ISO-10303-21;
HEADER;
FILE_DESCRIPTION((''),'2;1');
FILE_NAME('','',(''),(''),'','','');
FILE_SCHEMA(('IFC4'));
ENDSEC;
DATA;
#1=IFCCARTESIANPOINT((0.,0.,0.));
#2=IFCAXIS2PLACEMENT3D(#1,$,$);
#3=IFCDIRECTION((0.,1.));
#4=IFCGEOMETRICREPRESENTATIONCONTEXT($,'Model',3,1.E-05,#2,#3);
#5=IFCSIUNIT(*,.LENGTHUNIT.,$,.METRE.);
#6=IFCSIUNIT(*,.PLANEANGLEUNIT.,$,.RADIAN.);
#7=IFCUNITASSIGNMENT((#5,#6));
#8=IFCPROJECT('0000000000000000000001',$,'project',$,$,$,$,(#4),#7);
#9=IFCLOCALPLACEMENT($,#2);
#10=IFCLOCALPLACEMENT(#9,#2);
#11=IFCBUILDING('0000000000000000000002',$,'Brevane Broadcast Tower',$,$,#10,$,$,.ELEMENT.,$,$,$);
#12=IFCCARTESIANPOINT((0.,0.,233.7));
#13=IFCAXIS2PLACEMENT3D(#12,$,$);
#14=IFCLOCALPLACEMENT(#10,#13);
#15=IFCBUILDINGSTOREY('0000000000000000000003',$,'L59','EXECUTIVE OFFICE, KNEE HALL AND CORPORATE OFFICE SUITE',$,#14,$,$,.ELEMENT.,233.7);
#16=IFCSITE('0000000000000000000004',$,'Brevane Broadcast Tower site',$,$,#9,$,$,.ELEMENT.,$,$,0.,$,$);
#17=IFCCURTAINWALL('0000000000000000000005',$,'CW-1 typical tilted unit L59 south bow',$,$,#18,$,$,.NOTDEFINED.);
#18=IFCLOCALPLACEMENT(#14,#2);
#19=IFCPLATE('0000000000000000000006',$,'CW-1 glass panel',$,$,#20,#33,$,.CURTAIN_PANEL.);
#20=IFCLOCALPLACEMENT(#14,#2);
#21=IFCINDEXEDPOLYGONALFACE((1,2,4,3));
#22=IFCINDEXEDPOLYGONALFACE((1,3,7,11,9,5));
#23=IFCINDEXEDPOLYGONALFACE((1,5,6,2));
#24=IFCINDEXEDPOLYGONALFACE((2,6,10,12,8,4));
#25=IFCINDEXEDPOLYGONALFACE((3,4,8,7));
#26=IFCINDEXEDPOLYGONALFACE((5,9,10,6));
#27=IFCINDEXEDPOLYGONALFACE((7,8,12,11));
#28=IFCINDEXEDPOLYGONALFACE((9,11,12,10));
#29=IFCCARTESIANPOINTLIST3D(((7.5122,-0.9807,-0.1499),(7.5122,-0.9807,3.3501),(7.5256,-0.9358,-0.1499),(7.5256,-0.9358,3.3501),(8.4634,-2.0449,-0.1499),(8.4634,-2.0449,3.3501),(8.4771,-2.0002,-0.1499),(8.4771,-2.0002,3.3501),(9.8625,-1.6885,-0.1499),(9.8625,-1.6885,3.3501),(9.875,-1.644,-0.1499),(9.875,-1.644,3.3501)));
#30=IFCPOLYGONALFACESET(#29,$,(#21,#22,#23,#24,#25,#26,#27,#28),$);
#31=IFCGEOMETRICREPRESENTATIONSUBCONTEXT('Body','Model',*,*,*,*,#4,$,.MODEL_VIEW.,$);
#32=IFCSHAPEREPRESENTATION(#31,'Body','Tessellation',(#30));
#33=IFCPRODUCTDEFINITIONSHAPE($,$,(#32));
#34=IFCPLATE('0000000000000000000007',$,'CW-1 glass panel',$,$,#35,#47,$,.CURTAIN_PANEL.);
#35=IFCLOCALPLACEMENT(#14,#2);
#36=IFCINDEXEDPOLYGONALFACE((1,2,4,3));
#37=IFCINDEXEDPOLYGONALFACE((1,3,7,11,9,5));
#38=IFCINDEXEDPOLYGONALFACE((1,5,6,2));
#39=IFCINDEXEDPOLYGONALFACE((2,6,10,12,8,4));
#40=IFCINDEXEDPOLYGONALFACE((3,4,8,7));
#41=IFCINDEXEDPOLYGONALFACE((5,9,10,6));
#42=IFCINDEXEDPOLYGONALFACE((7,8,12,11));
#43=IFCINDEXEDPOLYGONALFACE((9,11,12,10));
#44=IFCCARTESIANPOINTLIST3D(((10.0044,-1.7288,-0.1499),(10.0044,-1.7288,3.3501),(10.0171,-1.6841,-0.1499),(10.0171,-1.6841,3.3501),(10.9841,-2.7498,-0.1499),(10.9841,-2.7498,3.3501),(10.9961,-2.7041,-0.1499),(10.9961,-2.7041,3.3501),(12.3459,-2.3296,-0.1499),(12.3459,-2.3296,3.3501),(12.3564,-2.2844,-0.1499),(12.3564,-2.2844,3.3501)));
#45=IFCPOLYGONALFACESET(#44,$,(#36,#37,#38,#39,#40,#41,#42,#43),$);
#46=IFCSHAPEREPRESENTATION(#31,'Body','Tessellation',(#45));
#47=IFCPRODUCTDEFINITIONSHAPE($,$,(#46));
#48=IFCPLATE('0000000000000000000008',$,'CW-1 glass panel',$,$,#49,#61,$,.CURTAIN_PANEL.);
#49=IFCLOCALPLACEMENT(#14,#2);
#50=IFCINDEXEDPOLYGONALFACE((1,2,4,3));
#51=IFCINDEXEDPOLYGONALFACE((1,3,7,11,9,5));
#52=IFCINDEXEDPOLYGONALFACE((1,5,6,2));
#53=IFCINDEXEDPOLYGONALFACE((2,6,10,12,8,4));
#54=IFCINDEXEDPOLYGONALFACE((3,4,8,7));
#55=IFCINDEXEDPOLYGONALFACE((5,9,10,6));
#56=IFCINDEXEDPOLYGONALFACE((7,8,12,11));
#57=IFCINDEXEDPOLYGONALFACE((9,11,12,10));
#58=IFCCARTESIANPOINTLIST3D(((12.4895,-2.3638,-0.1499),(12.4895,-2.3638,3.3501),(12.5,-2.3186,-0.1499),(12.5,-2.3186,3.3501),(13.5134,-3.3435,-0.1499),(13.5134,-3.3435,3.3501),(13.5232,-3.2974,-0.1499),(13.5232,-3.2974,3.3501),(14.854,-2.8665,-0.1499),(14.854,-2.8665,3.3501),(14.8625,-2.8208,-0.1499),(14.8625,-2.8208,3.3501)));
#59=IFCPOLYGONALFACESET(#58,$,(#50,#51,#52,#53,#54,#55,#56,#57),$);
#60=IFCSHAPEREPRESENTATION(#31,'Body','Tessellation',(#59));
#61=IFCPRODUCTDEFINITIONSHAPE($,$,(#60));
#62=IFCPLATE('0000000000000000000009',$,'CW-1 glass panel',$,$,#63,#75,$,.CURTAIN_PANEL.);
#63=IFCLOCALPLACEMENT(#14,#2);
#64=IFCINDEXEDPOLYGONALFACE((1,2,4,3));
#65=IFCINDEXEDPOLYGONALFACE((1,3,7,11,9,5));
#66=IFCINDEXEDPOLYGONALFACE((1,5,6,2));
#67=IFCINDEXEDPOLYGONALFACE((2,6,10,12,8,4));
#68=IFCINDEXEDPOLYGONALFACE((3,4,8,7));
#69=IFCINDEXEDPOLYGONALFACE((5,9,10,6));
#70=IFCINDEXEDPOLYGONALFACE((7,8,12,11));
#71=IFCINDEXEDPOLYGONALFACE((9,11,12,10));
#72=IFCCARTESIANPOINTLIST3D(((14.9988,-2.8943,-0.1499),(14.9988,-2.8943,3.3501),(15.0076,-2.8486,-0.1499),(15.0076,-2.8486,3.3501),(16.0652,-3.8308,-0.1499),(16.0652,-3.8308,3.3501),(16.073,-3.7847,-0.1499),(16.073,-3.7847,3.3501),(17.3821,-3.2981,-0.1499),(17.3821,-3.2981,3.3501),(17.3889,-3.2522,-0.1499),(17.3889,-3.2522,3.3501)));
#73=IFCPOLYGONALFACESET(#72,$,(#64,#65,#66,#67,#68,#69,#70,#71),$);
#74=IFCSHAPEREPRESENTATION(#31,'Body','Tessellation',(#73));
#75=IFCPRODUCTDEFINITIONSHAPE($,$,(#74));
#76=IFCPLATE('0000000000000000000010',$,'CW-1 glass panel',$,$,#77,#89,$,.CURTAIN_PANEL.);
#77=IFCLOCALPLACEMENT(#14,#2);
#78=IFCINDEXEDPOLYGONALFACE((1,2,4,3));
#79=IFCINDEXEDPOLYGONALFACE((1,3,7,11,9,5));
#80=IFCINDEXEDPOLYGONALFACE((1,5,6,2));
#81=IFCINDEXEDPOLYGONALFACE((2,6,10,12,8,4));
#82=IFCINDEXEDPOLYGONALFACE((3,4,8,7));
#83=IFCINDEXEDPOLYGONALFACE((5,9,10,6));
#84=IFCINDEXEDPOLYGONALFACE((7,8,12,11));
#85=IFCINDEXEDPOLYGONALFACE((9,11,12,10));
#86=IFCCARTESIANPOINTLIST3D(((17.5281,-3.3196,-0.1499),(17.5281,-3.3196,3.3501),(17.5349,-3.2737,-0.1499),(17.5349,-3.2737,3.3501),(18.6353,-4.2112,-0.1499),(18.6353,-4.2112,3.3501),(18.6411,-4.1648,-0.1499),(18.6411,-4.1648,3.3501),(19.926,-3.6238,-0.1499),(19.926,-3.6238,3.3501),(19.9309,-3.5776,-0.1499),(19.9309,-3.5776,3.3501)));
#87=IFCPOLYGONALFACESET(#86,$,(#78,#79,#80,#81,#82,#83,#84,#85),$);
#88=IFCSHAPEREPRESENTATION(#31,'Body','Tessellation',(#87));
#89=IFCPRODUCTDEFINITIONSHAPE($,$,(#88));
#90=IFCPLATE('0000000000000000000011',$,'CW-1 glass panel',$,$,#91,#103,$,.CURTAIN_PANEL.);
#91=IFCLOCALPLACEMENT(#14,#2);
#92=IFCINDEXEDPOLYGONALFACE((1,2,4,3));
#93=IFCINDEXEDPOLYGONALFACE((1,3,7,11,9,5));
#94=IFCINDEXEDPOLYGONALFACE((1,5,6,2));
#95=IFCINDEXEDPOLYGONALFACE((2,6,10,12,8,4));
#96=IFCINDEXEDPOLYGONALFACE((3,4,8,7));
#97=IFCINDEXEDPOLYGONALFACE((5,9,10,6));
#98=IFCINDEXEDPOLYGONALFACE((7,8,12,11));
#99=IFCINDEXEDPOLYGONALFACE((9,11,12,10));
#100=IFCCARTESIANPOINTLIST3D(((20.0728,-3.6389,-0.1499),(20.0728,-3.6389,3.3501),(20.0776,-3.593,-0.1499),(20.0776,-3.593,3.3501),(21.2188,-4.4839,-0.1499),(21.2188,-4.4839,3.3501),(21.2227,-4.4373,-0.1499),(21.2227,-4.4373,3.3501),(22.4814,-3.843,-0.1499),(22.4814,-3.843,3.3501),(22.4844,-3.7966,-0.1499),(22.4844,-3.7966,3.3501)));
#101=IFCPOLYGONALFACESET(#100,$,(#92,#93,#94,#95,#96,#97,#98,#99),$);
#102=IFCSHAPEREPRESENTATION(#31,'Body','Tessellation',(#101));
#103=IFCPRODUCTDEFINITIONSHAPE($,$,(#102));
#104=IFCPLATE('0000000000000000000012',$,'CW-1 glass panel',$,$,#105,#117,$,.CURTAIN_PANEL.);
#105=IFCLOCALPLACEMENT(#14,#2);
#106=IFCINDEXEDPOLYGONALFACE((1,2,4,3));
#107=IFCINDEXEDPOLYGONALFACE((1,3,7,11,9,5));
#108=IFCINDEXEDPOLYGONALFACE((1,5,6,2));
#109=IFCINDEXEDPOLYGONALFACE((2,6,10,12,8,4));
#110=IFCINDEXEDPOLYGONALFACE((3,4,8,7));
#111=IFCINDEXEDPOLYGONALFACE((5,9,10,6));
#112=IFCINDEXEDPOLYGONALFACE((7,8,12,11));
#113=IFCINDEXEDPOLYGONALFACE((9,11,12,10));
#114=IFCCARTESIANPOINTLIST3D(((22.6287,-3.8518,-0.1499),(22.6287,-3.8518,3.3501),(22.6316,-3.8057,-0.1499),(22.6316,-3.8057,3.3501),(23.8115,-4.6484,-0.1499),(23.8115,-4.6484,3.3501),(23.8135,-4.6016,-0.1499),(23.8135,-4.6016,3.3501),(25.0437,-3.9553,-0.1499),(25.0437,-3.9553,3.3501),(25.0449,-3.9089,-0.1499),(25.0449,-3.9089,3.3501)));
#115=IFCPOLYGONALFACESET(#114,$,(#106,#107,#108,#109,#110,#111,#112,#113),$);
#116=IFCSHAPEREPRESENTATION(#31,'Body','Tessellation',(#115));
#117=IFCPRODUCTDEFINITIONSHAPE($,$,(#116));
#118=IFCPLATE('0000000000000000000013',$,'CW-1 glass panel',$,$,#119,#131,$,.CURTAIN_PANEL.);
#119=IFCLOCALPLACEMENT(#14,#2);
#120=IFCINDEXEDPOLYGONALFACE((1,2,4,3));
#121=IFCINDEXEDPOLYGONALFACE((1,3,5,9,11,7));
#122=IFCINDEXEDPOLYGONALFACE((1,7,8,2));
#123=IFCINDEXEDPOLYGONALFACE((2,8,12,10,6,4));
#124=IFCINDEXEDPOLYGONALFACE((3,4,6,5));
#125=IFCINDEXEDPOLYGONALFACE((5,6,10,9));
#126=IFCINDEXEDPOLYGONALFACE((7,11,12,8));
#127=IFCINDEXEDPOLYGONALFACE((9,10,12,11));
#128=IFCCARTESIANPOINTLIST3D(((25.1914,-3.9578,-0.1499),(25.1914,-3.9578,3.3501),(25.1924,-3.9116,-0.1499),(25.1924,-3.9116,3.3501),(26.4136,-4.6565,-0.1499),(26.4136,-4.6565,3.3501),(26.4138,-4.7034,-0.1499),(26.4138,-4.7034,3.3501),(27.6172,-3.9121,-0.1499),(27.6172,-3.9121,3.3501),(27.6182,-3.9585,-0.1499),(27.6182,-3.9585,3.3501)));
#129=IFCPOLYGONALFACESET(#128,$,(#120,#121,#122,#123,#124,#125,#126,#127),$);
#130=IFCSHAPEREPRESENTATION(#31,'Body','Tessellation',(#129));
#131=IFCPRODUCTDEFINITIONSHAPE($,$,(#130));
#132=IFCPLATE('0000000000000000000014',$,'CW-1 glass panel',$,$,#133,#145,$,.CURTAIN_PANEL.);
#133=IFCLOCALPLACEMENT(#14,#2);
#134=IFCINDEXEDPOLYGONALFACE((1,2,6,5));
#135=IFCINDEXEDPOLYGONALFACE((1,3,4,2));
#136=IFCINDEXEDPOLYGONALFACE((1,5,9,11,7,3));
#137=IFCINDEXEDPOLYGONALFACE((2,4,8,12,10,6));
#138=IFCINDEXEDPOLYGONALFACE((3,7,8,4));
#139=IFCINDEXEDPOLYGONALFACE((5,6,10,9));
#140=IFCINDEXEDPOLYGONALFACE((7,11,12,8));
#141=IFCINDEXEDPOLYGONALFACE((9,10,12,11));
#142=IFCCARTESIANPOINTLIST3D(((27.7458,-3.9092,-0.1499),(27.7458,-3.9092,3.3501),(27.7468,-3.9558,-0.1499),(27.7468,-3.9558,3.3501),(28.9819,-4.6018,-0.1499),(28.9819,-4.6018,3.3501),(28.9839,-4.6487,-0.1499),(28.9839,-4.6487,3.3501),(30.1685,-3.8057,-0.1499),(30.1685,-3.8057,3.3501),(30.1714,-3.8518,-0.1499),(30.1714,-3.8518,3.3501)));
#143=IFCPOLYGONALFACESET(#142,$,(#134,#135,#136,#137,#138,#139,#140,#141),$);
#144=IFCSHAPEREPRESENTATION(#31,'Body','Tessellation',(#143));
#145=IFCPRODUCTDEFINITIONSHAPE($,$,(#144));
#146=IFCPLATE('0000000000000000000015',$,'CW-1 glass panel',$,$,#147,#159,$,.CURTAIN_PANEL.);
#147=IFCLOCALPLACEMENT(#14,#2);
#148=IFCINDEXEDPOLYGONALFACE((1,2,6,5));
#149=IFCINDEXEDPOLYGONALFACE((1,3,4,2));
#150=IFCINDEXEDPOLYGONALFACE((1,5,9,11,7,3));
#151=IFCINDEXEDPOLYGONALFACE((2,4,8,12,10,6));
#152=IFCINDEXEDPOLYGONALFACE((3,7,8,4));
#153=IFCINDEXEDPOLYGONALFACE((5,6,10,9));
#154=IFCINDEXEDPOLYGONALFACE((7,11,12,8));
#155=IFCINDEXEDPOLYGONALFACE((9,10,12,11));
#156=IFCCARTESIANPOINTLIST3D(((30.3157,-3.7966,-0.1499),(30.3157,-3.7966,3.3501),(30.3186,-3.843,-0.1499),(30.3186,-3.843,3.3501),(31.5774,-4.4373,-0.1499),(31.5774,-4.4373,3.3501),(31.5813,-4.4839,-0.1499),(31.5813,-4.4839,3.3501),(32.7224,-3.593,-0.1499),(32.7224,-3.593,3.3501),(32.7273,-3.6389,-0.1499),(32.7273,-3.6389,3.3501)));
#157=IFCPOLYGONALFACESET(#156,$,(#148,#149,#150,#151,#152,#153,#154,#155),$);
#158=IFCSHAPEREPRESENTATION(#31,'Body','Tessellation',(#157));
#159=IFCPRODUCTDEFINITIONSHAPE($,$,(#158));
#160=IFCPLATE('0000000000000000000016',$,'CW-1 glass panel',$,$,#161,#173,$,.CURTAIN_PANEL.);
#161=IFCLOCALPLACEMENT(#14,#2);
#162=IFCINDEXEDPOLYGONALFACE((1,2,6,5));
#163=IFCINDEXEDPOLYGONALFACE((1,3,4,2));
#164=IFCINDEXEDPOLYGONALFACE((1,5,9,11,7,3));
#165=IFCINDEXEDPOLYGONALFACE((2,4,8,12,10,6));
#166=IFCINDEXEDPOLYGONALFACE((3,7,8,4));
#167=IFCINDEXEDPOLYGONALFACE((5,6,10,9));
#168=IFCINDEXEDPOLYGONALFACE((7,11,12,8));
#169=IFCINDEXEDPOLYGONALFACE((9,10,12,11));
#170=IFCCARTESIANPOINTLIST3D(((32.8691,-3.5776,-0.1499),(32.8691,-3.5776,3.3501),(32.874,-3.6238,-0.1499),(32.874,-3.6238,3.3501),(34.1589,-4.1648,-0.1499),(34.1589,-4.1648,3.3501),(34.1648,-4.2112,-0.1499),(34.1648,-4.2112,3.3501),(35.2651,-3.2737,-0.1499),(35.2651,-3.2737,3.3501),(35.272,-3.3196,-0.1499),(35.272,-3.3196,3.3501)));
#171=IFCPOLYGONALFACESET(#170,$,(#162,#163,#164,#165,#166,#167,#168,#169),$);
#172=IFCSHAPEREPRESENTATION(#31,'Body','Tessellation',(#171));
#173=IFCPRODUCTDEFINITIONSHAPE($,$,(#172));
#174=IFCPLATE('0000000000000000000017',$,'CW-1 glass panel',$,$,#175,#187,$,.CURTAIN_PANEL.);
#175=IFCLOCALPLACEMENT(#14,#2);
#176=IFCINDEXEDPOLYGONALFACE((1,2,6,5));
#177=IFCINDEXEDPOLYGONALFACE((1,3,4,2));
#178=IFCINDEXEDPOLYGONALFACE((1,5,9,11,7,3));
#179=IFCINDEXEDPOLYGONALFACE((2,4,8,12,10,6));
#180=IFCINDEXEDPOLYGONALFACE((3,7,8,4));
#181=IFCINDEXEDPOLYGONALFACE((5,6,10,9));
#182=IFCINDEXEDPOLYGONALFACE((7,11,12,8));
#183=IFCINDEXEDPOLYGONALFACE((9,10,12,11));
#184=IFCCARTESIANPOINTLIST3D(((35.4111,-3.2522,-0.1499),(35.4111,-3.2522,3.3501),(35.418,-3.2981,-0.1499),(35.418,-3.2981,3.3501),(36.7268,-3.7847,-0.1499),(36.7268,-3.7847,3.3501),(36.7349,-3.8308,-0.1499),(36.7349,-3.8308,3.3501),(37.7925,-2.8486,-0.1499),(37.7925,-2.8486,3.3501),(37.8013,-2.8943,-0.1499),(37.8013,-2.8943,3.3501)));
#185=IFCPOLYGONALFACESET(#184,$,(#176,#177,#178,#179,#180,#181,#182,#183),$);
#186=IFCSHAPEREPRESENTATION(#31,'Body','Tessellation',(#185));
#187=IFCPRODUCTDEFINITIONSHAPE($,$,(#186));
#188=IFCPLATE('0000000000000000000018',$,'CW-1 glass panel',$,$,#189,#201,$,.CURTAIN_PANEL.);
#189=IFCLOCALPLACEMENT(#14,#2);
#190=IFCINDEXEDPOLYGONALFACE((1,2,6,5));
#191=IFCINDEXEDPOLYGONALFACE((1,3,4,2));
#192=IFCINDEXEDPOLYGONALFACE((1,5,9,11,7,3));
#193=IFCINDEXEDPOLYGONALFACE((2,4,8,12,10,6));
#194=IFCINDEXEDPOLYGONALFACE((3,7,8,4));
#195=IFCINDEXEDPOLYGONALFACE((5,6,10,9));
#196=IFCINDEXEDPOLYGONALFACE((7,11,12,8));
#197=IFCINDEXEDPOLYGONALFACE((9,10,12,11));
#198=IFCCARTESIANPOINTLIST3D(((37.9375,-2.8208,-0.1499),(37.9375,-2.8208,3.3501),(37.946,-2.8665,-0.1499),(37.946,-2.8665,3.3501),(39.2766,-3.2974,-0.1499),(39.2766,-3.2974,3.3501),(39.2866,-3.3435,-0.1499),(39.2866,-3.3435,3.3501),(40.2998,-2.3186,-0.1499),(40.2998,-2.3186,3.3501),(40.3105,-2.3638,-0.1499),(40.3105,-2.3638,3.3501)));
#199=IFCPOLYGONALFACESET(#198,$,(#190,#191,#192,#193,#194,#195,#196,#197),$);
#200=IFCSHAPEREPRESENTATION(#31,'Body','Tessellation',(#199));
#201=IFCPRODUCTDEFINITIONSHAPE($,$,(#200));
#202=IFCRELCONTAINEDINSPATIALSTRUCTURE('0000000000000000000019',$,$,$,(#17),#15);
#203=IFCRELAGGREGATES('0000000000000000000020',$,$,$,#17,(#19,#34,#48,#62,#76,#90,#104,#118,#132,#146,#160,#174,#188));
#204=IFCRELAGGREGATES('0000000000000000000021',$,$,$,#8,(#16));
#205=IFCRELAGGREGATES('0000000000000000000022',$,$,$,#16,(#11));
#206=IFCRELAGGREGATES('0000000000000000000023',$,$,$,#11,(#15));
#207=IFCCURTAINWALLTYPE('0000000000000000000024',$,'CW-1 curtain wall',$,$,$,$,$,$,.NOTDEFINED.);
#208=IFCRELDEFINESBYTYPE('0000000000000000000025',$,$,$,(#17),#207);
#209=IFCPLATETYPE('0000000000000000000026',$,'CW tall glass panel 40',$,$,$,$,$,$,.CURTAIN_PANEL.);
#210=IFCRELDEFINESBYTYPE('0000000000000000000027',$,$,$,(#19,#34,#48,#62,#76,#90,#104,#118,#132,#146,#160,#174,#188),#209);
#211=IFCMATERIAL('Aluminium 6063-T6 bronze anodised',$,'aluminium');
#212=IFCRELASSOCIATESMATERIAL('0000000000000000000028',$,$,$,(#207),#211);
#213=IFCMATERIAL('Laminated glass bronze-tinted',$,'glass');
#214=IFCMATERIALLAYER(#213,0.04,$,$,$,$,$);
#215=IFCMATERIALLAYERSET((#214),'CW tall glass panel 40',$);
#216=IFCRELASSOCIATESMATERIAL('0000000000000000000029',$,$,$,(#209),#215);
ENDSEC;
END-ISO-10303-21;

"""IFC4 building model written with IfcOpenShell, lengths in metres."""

from ifc_helpers import new_model, si_unit, direction, frame, origin, place, context, subcontext, project, spatial, polyline, outline, extrude, material, layer, layer_set, type_object, element, aggregate, save


model = new_model("IFC4")

# Units and contexts
model_context = context("Model", 3, precision=1e-05, world=origin(), true_north=direction((0.0, 1.0)))
body_context = subcontext(model_context, "Body", "Model", "MODEL_VIEW")
ifc_project = project(units=[si_unit("LENGTHUNIT", "METRE"), si_unit("PLANEANGLEUNIT", "RADIAN")], contexts=[model_context])

# Site, building, storey
site_placement = place(None, origin())
site = spatial("IfcSite", under=ifc_project, at=site_placement, Name="Brevane Broadcast Tower site", CompositionType="ELEMENT", RefElevation=0.0)
building_placement = place(site_placement, origin())
building = spatial("IfcBuilding", under=site, at=building_placement, Name="Brevane Broadcast Tower", CompositionType="ELEMENT")
storey_placement = place(building_placement, frame((0.0, 0.0, 233.7)))
storey = spatial("IfcBuildingStorey", under=building, at=storey_placement, Name="L59", Description="EXECUTIVE OFFICE, KNEE HALL AND CORPORATE OFFICE SUITE", CompositionType="ELEMENT", Elevation=233.7)

# Curtain wall, plates
ifc_material_1 = material(Name="Aluminium 6063-T6 bronze anodised", Category="aluminium")
curtain_wall_type = type_object("IfcCurtainWallType", Name="CW-1 curtain wall", PredefinedType="NOTDEFINED", material=ifc_material_1)
curtain_wall_1_placement = place(storey_placement, origin())
curtain_wall_1 = element("IfcCurtainWall", 1, at=curtain_wall_1_placement, inside=storey, type_object=curtain_wall_type, Name="CW-1 typical tilted unit L59 south bow", PredefinedType="NOTDEFINED")
ifc_material_2 = material(Name="Laminated glass bronze-tinted", Category="glass")
ifc_layer = layer(ifc_material_2, 0.04)
ifc_layer_set = layer_set([ifc_layer], Name="CW tall glass panel 40")
plate_type = type_object("IfcPlateType", Name="CW tall glass panel 40", PredefinedType="CURTAIN_PANEL", material=ifc_layer_set)
plate_1_placement = place(storey_placement, frame((0.0, 0.0, -0.1499)))
plate_1 = element("IfcPlate", 2, at=plate_1_placement, type_object=plate_type, Name="CW-1 glass panel", PredefinedType="CURTAIN_PANEL", context=body_context, shape_type="SweptSolid", body=[
    extrude(outline(polyline([(7.5256, -0.9358), (7.5122, -0.9807), (8.4634, -2.0449), (9.8625, -1.6885), (9.875, -1.644), (8.4771, -2.0002), (7.5256, -0.9358)])), origin(), (0.0, 0.0, 1.0), 3.5),
])
plate_2_placement = place(storey_placement, frame((0.0, 0.0, -0.1499)))
plate_2 = element("IfcPlate", 3, at=plate_2_placement, type_object=plate_type, Name="CW-1 glass panel", PredefinedType="CURTAIN_PANEL", context=body_context, shape_type="SweptSolid", body=[
    extrude(outline(polyline([(10.0171, -1.6841), (10.0044, -1.7288), (10.9841, -2.7498), (12.3459, -2.3296), (12.3564, -2.2844), (10.9961, -2.7041), (10.0171, -1.6841)])), origin(), (0.0, 0.0, 1.0), 3.5),
])
plate_3_placement = place(storey_placement, frame((0.0, 0.0, -0.1499)))
plate_3 = element("IfcPlate", 4, at=plate_3_placement, type_object=plate_type, Name="CW-1 glass panel", PredefinedType="CURTAIN_PANEL", context=body_context, shape_type="SweptSolid", body=[
    extrude(outline(polyline([(12.5, -2.3186), (12.4895, -2.3638), (13.5134, -3.3435), (14.854, -2.8665), (14.8625, -2.8208), (13.5232, -3.2974), (12.5, -2.3186)])), origin(), (0.0, 0.0, 1.0), 3.5),
])
plate_4_placement = place(storey_placement, frame((0.0, 0.0, -0.1499)))
plate_4 = element("IfcPlate", 5, at=plate_4_placement, type_object=plate_type, Name="CW-1 glass panel", PredefinedType="CURTAIN_PANEL", context=body_context, shape_type="SweptSolid", body=[
    extrude(outline(polyline([(15.0076, -2.8486), (14.9988, -2.8943), (16.0652, -3.8308), (17.3821, -3.2981), (17.3889, -3.2522), (16.073, -3.7847), (15.0076, -2.8486)])), origin(), (0.0, 0.0, 1.0), 3.5),
])
plate_5_placement = place(storey_placement, frame((0.0, 0.0, -0.1499)))
plate_5 = element("IfcPlate", 6, at=plate_5_placement, type_object=plate_type, Name="CW-1 glass panel", PredefinedType="CURTAIN_PANEL", context=body_context, shape_type="SweptSolid", body=[
    extrude(outline(polyline([(17.5349, -3.2737), (17.5281, -3.3196), (18.6353, -4.2112), (19.926, -3.6238), (19.9309, -3.5776), (18.6411, -4.1648), (17.5349, -3.2737)])), origin(), (0.0, 0.0, 1.0), 3.5),
])
plate_6_placement = place(storey_placement, frame((0.0, 0.0, -0.1499)))
plate_6 = element("IfcPlate", 7, at=plate_6_placement, type_object=plate_type, Name="CW-1 glass panel", PredefinedType="CURTAIN_PANEL", context=body_context, shape_type="SweptSolid", body=[
    extrude(outline(polyline([(20.0776, -3.593), (20.0728, -3.6389), (21.2188, -4.4839), (22.4814, -3.843), (22.4844, -3.7966), (21.2227, -4.4373), (20.0776, -3.593)])), origin(), (0.0, 0.0, 1.0), 3.5),
])
plate_7_placement = place(storey_placement, frame((0.0, 0.0, -0.1499)))
plate_7 = element("IfcPlate", 8, at=plate_7_placement, type_object=plate_type, Name="CW-1 glass panel", PredefinedType="CURTAIN_PANEL", context=body_context, shape_type="SweptSolid", body=[
    extrude(outline(polyline([(22.6316, -3.8057), (22.6287, -3.8518), (23.8115, -4.6484), (25.0437, -3.9553), (25.0449, -3.9089), (23.8135, -4.6016), (22.6316, -3.8057)])), origin(), (0.0, 0.0, 1.0), 3.5),
])
plate_8_placement = place(storey_placement, frame((0.0, 0.0, -0.1499)))
plate_8 = element("IfcPlate", 9, at=plate_8_placement, type_object=plate_type, Name="CW-1 glass panel", PredefinedType="CURTAIN_PANEL", context=body_context, shape_type="SweptSolid", body=[
    extrude(outline(polyline([(25.1924, -3.9116), (25.1914, -3.9578), (26.4138, -4.7034), (27.6182, -3.9585), (27.6172, -3.9121), (26.4136, -4.6565), (25.1924, -3.9116)])), origin(), (0.0, 0.0, 1.0), 3.5),
])
plate_9_placement = place(storey_placement, frame((0.0, 0.0, -0.1499)))
plate_9 = element("IfcPlate", 10, at=plate_9_placement, type_object=plate_type, Name="CW-1 glass panel", PredefinedType="CURTAIN_PANEL", context=body_context, shape_type="SweptSolid", body=[
    extrude(outline(polyline([(27.7458, -3.9092), (27.7468, -3.9558), (28.9839, -4.6487), (30.1714, -3.8518), (30.1685, -3.8057), (28.9819, -4.6018), (27.7458, -3.9092)])), origin(), (0.0, 0.0, 1.0), 3.5),
])
plate_10_placement = place(storey_placement, frame((0.0, 0.0, -0.1499)))
plate_10 = element("IfcPlate", 11, at=plate_10_placement, type_object=plate_type, Name="CW-1 glass panel", PredefinedType="CURTAIN_PANEL", context=body_context, shape_type="SweptSolid", body=[
    extrude(outline(polyline([(30.3157, -3.7966), (30.3186, -3.843), (31.5813, -4.4839), (32.7273, -3.6389), (32.7224, -3.593), (31.5774, -4.4373), (30.3157, -3.7966)])), origin(), (0.0, 0.0, 1.0), 3.5),
])
plate_11_placement = place(storey_placement, frame((0.0, 0.0, -0.1499)))
plate_11 = element("IfcPlate", 12, at=plate_11_placement, type_object=plate_type, Name="CW-1 glass panel", PredefinedType="CURTAIN_PANEL", context=body_context, shape_type="SweptSolid", body=[
    extrude(outline(polyline([(32.8691, -3.5776), (32.874, -3.6238), (34.1648, -4.2112), (35.272, -3.3196), (35.2651, -3.2737), (34.1589, -4.1648), (32.8691, -3.5776)])), origin(), (0.0, 0.0, 1.0), 3.5),
])
plate_12_placement = place(storey_placement, frame((0.0, 0.0, -0.1499)))
plate_12 = element("IfcPlate", 13, at=plate_12_placement, type_object=plate_type, Name="CW-1 glass panel", PredefinedType="CURTAIN_PANEL", context=body_context, shape_type="SweptSolid", body=[
    extrude(outline(polyline([(35.4111, -3.2522), (35.418, -3.2981), (36.7349, -3.8308), (37.8013, -2.8943), (37.7925, -2.8486), (36.7268, -3.7847), (35.4111, -3.2522)])), origin(), (0.0, 0.0, 1.0), 3.5),
])
plate_13_placement = place(storey_placement, frame((0.0, 0.0, -0.1499)))
plate_13 = element("IfcPlate", 14, at=plate_13_placement, type_object=plate_type, Name="CW-1 glass panel", PredefinedType="CURTAIN_PANEL", context=body_context, shape_type="SweptSolid", body=[
    extrude(outline(polyline([(37.9375, -2.8208), (37.946, -2.8665), (39.2866, -3.3435), (40.3105, -2.3638), (40.2998, -2.3186), (39.2766, -3.2974), (37.9375, -2.8208)])), origin(), (0.0, 0.0, 1.0), 3.5),
])
aggregate(curtain_wall_1, [plate_1, plate_2, plate_3, plate_4, plate_5, plate_6, plate_7, plate_8, plate_9, plate_10, plate_11, plate_12, plate_13])

save(model, "model.ifc")
